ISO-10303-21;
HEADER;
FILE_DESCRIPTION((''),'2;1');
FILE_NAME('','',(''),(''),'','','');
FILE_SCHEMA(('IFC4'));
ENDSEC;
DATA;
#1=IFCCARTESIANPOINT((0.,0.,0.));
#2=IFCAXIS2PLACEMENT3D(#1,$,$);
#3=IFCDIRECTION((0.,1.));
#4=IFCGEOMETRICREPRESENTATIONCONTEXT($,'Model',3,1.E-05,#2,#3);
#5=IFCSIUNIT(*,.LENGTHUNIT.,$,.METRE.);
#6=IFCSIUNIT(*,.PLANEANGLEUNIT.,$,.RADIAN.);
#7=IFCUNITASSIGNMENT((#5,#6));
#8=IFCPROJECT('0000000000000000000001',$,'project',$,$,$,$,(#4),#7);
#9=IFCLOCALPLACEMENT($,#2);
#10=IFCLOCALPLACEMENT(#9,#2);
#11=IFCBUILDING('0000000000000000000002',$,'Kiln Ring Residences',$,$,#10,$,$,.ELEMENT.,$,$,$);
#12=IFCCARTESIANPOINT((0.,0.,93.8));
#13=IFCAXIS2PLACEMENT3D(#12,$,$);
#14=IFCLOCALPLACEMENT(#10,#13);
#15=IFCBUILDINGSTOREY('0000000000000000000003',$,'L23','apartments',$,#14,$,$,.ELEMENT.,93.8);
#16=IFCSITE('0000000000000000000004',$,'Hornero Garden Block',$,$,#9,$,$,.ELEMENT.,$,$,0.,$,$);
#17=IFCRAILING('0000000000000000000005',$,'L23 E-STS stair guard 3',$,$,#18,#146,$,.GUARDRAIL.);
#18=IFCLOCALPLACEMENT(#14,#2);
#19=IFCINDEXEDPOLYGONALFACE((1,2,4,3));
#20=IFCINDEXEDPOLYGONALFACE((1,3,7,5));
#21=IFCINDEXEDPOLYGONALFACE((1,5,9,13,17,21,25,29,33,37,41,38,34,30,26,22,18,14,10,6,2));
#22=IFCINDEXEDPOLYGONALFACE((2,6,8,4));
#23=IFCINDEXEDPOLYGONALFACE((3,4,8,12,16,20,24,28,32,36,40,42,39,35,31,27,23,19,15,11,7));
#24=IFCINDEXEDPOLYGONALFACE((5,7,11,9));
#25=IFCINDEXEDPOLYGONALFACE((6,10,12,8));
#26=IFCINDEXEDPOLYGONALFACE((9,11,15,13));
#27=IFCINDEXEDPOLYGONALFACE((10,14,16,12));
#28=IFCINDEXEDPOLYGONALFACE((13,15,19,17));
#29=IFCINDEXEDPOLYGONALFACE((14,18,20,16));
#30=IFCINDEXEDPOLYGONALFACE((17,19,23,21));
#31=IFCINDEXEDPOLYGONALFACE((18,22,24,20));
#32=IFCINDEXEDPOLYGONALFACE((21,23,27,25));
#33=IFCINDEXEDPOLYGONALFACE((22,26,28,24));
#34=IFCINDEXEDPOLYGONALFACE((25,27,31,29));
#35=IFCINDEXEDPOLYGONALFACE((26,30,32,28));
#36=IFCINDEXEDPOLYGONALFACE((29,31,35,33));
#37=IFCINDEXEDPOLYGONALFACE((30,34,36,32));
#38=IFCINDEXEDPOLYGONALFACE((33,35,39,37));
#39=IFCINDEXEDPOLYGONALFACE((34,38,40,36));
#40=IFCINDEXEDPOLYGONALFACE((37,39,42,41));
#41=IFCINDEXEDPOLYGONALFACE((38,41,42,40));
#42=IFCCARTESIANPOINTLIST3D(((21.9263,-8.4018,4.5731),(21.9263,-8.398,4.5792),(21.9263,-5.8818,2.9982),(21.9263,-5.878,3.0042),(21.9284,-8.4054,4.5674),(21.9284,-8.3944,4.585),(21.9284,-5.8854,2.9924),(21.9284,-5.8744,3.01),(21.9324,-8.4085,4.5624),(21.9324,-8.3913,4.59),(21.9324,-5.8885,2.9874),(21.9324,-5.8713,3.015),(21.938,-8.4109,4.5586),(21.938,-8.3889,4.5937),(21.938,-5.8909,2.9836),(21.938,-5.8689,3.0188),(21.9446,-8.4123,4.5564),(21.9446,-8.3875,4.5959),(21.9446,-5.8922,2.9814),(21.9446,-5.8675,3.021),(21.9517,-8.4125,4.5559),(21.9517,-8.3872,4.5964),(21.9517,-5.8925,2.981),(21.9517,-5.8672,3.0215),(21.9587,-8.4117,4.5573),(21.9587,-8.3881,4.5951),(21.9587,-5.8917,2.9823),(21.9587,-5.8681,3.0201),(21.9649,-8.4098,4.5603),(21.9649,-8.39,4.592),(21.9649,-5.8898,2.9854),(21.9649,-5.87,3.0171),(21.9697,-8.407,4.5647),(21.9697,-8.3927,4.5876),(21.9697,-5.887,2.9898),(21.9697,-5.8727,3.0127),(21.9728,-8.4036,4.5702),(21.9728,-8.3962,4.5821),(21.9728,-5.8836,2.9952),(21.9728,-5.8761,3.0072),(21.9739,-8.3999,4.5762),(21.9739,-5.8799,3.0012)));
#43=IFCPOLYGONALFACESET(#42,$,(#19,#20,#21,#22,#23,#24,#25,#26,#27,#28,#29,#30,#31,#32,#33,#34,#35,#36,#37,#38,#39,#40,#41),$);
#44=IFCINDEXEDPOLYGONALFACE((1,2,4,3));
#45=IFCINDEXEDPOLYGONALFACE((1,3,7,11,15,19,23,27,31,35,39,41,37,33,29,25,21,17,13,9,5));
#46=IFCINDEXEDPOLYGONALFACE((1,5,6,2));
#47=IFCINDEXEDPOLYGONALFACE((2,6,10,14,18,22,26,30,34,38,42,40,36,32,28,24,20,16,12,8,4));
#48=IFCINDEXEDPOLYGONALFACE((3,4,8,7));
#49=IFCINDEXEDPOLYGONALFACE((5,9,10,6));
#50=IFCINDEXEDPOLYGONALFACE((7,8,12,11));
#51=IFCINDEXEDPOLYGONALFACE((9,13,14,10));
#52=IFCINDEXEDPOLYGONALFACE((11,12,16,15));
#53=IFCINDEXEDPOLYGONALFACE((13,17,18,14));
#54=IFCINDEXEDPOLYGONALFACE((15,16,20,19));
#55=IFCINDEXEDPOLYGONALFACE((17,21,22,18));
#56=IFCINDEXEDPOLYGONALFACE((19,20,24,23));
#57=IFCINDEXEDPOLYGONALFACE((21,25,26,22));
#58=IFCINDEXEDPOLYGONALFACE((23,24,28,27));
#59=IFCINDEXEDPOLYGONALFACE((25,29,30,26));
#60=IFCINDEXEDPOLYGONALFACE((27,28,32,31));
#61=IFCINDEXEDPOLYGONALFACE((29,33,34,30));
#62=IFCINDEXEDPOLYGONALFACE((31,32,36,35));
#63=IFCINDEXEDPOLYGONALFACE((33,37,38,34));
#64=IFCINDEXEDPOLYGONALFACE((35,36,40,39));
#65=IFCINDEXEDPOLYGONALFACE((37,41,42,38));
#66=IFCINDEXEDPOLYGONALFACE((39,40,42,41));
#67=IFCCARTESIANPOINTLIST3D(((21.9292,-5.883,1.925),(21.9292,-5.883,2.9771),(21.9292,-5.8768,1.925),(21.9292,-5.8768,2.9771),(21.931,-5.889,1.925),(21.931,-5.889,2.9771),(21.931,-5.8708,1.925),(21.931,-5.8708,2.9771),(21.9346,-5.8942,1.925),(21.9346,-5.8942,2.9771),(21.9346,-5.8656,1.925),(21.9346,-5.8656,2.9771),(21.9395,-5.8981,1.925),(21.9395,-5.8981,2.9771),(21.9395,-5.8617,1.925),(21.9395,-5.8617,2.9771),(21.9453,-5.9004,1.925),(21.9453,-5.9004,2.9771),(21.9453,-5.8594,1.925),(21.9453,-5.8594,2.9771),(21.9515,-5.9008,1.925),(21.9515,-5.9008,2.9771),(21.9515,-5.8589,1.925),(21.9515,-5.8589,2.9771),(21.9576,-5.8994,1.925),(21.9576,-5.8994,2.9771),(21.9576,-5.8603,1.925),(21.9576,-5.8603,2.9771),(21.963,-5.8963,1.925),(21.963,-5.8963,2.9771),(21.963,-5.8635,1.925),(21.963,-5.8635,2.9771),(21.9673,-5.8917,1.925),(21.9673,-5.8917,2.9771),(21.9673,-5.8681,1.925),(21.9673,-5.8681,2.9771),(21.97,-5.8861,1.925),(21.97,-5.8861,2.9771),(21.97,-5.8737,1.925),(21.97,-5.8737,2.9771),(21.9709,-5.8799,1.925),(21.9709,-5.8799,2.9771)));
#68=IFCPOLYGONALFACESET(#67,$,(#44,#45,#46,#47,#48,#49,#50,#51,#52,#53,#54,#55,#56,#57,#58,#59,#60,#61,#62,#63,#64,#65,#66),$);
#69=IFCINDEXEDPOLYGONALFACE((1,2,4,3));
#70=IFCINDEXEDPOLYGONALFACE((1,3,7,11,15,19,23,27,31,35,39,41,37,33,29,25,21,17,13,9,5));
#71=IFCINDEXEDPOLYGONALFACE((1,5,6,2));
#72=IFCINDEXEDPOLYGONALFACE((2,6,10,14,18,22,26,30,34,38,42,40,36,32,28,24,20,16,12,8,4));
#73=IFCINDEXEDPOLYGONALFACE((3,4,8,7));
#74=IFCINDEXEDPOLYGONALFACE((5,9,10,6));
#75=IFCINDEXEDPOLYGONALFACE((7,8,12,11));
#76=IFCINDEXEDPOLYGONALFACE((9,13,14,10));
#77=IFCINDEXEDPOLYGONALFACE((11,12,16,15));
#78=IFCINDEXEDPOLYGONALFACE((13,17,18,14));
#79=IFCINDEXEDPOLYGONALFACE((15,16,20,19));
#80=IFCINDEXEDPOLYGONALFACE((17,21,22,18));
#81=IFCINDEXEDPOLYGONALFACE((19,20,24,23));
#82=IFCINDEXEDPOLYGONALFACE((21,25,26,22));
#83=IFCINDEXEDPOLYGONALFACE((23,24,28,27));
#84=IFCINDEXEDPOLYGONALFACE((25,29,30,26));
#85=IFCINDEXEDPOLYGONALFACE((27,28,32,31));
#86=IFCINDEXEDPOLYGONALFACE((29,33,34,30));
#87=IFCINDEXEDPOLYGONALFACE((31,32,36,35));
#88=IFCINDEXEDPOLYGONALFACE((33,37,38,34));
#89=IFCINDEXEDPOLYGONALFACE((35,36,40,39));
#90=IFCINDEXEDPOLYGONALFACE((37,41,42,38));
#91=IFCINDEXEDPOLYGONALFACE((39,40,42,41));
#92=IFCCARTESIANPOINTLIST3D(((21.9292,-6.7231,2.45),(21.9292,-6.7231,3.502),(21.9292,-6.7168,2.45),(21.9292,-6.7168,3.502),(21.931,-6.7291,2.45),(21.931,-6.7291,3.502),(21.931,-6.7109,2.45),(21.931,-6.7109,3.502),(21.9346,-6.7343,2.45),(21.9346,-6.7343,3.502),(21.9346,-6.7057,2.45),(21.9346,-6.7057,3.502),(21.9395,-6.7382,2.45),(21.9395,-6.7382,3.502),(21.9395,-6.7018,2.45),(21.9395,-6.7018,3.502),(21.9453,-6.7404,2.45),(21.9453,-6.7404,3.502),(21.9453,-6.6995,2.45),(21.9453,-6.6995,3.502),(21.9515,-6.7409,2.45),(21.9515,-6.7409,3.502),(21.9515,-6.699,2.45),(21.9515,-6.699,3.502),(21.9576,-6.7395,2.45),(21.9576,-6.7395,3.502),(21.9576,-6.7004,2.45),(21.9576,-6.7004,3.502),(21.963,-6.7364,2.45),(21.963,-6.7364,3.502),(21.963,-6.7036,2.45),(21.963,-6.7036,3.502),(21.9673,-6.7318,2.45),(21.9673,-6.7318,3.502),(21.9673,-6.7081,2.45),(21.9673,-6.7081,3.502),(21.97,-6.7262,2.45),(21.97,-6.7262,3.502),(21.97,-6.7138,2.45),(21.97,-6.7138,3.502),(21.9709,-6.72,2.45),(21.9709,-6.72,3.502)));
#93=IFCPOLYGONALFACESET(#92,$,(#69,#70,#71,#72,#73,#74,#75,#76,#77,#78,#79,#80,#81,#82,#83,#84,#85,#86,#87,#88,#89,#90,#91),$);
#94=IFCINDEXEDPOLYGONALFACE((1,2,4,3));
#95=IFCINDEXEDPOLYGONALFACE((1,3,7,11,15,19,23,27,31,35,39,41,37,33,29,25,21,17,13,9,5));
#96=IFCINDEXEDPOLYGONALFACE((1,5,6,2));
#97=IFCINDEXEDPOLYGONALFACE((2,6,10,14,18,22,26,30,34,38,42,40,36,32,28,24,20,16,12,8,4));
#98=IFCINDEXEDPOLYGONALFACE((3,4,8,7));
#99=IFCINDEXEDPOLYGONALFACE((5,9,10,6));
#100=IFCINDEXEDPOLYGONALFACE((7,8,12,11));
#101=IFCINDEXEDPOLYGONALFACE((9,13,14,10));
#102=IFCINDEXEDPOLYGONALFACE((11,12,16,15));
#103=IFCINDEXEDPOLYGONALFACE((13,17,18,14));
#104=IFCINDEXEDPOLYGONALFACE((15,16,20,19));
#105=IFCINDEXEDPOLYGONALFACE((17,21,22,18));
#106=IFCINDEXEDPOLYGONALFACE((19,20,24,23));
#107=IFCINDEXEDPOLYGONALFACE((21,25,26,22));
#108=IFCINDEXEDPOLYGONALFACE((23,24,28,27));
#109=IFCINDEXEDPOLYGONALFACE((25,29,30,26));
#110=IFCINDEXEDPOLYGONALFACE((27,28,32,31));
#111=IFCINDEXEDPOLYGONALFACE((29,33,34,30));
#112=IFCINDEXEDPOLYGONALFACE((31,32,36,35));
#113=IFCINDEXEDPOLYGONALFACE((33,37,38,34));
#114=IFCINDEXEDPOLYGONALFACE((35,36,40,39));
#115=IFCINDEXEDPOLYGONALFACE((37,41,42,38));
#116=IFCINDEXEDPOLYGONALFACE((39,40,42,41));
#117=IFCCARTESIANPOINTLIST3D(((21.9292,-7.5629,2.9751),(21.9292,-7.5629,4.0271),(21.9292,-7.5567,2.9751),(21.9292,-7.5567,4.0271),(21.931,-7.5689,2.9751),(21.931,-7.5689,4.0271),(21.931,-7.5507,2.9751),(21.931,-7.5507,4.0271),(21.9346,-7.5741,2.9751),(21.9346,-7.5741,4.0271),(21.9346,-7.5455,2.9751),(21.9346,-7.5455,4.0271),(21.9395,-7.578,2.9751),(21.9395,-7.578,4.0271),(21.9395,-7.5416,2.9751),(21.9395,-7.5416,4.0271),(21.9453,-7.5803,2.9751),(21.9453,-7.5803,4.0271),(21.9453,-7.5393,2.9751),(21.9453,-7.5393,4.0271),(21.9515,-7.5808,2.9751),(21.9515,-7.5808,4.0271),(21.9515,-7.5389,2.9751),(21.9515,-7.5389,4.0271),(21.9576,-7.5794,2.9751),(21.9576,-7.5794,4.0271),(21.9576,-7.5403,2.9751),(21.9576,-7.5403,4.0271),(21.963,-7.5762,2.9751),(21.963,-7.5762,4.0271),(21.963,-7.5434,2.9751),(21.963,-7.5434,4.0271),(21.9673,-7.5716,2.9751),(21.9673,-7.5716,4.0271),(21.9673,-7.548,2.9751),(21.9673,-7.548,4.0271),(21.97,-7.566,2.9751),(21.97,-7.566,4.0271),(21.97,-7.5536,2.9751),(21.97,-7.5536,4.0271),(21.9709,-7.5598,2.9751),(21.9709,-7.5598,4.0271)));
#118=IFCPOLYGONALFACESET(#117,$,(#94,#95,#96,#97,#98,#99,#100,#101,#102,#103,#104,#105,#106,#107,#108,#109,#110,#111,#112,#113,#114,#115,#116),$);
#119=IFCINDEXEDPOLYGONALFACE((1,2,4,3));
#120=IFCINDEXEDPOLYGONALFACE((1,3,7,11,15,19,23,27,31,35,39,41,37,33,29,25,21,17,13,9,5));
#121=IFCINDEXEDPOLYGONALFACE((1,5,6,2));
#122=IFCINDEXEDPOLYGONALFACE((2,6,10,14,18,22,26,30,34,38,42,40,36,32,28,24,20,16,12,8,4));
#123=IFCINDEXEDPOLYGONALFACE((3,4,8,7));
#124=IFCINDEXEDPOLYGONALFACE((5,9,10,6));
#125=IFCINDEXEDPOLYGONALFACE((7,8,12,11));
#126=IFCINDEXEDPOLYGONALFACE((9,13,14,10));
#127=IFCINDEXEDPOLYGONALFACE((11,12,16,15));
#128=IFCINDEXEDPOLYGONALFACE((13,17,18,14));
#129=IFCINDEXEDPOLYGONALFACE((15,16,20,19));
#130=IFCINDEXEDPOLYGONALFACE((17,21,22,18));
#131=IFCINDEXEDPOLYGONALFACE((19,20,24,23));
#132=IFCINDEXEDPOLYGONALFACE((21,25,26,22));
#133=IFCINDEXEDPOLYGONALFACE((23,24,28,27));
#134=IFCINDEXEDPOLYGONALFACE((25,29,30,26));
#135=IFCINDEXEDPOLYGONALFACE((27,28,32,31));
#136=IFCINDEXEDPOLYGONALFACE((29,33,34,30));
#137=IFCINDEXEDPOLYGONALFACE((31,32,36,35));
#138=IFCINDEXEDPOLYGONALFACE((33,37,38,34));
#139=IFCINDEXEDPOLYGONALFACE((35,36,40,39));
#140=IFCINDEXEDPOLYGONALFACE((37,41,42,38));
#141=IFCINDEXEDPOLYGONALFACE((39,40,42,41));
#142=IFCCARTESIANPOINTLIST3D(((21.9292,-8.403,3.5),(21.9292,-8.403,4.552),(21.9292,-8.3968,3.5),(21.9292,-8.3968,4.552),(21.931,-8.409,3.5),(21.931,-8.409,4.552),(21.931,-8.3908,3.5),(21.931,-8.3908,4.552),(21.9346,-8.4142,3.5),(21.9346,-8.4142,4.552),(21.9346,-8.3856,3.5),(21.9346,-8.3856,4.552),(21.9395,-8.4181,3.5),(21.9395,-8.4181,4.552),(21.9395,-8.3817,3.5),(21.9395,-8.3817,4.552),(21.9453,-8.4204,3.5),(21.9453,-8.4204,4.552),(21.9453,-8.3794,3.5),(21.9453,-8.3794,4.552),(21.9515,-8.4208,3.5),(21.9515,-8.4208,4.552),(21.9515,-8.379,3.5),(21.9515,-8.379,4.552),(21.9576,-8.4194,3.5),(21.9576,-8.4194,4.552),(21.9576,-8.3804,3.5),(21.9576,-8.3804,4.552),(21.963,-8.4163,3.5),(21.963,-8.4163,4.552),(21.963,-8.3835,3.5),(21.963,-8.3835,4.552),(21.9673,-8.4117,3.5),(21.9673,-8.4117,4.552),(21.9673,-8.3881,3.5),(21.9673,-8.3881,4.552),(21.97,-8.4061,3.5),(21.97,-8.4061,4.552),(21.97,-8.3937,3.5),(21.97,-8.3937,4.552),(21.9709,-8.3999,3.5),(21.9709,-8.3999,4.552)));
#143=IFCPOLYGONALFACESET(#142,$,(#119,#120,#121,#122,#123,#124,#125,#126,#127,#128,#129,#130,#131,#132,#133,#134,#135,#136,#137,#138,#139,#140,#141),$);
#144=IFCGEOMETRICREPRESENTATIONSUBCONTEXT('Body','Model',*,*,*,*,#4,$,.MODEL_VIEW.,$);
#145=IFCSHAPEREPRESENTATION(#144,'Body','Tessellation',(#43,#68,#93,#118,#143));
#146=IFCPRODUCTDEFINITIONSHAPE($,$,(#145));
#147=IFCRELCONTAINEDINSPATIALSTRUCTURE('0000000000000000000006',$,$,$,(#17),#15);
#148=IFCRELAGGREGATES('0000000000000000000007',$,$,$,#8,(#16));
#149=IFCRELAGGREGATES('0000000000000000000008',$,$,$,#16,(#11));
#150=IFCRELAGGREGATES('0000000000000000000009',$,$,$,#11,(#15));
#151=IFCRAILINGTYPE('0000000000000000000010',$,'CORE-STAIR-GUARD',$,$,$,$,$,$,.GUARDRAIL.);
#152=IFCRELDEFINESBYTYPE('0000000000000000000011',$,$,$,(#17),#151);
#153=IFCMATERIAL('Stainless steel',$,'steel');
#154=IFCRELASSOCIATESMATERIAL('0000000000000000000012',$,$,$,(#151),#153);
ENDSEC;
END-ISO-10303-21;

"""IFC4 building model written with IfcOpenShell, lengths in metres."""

from ifc_helpers import new_model, si_unit, direction, frame, origin, origin_2d, place, context, subcontext, project, spatial, circle, extrude, material, type_object, element, save


model = new_model("IFC4")

# Units and contexts
model_context = context("Model", 3, precision=1e-05, world=origin(), true_north=direction((0.0, 1.0)))
body_context = subcontext(model_context, "Body", "Model", "MODEL_VIEW")
ifc_project = project(units=[si_unit("LENGTHUNIT", "METRE"), si_unit("PLANEANGLEUNIT", "RADIAN")], contexts=[model_context])

# Site, building, storey
site_placement = place(None, origin())
site = spatial("IfcSite", under=ifc_project, at=site_placement, Name="Hornero Garden Block", CompositionType="ELEMENT", RefElevation=0.0)
building_placement = place(site_placement, origin())
building = spatial("IfcBuilding", under=site, at=building_placement, Name="Kiln Ring Residences", CompositionType="ELEMENT")
storey_placement = place(building_placement, frame((0.0, 0.0, 93.8)))
storey = spatial("IfcBuildingStorey", under=building, at=storey_placement, Name="L23", Description="apartments", CompositionType="ELEMENT", Elevation=93.8)

# Railing
ifc_material_1 = material(Name="Stainless steel", Category="steel")
railing_type_1 = type_object("IfcRailingType", Name="CORE-STAIR-GUARD", PredefinedType="GUARDRAIL", material=ifc_material_1)
railing_1_placement = place(storey_placement, frame((21.95, -5.8799, 1.925)))
element("IfcRailing", 1, at=railing_1_placement, inside=storey, type_object=railing_type_1, Name="L23 E-STS stair guard 3", PredefinedType="GUARDRAIL", context=body_context, shape_type="SweptSolid", body=[
    extrude(circle(Radius=0.0239, at=origin_2d()), frame((0.0, 0.0, 1.0762), z_axis=(0.0, -0.848008, 0.529984), x_axis=(1.0, 0.0, 0.0)), (0.0, 0.0, 1.0), 2.9717),
    extrude(circle(Radius=0.021, at=origin_2d()), origin(), (0.0, 0.0, 1.0), 1.052),
    extrude(circle(Radius=0.021, at=origin_2d()), frame((0.0, -0.8401, 0.5249)), (0.0, 0.0, 1.0), 1.052),
    extrude(circle(Radius=0.021, at=origin_2d()), frame((0.0, -1.6799, 1.05)), (0.0, 0.0, 1.0), 1.052),
    extrude(circle(Radius=0.021, at=origin_2d()), frame((0.0, -2.52, 1.575)), (0.0, 0.0, 1.0), 1.052),
])

save(model, "model.ifc")
